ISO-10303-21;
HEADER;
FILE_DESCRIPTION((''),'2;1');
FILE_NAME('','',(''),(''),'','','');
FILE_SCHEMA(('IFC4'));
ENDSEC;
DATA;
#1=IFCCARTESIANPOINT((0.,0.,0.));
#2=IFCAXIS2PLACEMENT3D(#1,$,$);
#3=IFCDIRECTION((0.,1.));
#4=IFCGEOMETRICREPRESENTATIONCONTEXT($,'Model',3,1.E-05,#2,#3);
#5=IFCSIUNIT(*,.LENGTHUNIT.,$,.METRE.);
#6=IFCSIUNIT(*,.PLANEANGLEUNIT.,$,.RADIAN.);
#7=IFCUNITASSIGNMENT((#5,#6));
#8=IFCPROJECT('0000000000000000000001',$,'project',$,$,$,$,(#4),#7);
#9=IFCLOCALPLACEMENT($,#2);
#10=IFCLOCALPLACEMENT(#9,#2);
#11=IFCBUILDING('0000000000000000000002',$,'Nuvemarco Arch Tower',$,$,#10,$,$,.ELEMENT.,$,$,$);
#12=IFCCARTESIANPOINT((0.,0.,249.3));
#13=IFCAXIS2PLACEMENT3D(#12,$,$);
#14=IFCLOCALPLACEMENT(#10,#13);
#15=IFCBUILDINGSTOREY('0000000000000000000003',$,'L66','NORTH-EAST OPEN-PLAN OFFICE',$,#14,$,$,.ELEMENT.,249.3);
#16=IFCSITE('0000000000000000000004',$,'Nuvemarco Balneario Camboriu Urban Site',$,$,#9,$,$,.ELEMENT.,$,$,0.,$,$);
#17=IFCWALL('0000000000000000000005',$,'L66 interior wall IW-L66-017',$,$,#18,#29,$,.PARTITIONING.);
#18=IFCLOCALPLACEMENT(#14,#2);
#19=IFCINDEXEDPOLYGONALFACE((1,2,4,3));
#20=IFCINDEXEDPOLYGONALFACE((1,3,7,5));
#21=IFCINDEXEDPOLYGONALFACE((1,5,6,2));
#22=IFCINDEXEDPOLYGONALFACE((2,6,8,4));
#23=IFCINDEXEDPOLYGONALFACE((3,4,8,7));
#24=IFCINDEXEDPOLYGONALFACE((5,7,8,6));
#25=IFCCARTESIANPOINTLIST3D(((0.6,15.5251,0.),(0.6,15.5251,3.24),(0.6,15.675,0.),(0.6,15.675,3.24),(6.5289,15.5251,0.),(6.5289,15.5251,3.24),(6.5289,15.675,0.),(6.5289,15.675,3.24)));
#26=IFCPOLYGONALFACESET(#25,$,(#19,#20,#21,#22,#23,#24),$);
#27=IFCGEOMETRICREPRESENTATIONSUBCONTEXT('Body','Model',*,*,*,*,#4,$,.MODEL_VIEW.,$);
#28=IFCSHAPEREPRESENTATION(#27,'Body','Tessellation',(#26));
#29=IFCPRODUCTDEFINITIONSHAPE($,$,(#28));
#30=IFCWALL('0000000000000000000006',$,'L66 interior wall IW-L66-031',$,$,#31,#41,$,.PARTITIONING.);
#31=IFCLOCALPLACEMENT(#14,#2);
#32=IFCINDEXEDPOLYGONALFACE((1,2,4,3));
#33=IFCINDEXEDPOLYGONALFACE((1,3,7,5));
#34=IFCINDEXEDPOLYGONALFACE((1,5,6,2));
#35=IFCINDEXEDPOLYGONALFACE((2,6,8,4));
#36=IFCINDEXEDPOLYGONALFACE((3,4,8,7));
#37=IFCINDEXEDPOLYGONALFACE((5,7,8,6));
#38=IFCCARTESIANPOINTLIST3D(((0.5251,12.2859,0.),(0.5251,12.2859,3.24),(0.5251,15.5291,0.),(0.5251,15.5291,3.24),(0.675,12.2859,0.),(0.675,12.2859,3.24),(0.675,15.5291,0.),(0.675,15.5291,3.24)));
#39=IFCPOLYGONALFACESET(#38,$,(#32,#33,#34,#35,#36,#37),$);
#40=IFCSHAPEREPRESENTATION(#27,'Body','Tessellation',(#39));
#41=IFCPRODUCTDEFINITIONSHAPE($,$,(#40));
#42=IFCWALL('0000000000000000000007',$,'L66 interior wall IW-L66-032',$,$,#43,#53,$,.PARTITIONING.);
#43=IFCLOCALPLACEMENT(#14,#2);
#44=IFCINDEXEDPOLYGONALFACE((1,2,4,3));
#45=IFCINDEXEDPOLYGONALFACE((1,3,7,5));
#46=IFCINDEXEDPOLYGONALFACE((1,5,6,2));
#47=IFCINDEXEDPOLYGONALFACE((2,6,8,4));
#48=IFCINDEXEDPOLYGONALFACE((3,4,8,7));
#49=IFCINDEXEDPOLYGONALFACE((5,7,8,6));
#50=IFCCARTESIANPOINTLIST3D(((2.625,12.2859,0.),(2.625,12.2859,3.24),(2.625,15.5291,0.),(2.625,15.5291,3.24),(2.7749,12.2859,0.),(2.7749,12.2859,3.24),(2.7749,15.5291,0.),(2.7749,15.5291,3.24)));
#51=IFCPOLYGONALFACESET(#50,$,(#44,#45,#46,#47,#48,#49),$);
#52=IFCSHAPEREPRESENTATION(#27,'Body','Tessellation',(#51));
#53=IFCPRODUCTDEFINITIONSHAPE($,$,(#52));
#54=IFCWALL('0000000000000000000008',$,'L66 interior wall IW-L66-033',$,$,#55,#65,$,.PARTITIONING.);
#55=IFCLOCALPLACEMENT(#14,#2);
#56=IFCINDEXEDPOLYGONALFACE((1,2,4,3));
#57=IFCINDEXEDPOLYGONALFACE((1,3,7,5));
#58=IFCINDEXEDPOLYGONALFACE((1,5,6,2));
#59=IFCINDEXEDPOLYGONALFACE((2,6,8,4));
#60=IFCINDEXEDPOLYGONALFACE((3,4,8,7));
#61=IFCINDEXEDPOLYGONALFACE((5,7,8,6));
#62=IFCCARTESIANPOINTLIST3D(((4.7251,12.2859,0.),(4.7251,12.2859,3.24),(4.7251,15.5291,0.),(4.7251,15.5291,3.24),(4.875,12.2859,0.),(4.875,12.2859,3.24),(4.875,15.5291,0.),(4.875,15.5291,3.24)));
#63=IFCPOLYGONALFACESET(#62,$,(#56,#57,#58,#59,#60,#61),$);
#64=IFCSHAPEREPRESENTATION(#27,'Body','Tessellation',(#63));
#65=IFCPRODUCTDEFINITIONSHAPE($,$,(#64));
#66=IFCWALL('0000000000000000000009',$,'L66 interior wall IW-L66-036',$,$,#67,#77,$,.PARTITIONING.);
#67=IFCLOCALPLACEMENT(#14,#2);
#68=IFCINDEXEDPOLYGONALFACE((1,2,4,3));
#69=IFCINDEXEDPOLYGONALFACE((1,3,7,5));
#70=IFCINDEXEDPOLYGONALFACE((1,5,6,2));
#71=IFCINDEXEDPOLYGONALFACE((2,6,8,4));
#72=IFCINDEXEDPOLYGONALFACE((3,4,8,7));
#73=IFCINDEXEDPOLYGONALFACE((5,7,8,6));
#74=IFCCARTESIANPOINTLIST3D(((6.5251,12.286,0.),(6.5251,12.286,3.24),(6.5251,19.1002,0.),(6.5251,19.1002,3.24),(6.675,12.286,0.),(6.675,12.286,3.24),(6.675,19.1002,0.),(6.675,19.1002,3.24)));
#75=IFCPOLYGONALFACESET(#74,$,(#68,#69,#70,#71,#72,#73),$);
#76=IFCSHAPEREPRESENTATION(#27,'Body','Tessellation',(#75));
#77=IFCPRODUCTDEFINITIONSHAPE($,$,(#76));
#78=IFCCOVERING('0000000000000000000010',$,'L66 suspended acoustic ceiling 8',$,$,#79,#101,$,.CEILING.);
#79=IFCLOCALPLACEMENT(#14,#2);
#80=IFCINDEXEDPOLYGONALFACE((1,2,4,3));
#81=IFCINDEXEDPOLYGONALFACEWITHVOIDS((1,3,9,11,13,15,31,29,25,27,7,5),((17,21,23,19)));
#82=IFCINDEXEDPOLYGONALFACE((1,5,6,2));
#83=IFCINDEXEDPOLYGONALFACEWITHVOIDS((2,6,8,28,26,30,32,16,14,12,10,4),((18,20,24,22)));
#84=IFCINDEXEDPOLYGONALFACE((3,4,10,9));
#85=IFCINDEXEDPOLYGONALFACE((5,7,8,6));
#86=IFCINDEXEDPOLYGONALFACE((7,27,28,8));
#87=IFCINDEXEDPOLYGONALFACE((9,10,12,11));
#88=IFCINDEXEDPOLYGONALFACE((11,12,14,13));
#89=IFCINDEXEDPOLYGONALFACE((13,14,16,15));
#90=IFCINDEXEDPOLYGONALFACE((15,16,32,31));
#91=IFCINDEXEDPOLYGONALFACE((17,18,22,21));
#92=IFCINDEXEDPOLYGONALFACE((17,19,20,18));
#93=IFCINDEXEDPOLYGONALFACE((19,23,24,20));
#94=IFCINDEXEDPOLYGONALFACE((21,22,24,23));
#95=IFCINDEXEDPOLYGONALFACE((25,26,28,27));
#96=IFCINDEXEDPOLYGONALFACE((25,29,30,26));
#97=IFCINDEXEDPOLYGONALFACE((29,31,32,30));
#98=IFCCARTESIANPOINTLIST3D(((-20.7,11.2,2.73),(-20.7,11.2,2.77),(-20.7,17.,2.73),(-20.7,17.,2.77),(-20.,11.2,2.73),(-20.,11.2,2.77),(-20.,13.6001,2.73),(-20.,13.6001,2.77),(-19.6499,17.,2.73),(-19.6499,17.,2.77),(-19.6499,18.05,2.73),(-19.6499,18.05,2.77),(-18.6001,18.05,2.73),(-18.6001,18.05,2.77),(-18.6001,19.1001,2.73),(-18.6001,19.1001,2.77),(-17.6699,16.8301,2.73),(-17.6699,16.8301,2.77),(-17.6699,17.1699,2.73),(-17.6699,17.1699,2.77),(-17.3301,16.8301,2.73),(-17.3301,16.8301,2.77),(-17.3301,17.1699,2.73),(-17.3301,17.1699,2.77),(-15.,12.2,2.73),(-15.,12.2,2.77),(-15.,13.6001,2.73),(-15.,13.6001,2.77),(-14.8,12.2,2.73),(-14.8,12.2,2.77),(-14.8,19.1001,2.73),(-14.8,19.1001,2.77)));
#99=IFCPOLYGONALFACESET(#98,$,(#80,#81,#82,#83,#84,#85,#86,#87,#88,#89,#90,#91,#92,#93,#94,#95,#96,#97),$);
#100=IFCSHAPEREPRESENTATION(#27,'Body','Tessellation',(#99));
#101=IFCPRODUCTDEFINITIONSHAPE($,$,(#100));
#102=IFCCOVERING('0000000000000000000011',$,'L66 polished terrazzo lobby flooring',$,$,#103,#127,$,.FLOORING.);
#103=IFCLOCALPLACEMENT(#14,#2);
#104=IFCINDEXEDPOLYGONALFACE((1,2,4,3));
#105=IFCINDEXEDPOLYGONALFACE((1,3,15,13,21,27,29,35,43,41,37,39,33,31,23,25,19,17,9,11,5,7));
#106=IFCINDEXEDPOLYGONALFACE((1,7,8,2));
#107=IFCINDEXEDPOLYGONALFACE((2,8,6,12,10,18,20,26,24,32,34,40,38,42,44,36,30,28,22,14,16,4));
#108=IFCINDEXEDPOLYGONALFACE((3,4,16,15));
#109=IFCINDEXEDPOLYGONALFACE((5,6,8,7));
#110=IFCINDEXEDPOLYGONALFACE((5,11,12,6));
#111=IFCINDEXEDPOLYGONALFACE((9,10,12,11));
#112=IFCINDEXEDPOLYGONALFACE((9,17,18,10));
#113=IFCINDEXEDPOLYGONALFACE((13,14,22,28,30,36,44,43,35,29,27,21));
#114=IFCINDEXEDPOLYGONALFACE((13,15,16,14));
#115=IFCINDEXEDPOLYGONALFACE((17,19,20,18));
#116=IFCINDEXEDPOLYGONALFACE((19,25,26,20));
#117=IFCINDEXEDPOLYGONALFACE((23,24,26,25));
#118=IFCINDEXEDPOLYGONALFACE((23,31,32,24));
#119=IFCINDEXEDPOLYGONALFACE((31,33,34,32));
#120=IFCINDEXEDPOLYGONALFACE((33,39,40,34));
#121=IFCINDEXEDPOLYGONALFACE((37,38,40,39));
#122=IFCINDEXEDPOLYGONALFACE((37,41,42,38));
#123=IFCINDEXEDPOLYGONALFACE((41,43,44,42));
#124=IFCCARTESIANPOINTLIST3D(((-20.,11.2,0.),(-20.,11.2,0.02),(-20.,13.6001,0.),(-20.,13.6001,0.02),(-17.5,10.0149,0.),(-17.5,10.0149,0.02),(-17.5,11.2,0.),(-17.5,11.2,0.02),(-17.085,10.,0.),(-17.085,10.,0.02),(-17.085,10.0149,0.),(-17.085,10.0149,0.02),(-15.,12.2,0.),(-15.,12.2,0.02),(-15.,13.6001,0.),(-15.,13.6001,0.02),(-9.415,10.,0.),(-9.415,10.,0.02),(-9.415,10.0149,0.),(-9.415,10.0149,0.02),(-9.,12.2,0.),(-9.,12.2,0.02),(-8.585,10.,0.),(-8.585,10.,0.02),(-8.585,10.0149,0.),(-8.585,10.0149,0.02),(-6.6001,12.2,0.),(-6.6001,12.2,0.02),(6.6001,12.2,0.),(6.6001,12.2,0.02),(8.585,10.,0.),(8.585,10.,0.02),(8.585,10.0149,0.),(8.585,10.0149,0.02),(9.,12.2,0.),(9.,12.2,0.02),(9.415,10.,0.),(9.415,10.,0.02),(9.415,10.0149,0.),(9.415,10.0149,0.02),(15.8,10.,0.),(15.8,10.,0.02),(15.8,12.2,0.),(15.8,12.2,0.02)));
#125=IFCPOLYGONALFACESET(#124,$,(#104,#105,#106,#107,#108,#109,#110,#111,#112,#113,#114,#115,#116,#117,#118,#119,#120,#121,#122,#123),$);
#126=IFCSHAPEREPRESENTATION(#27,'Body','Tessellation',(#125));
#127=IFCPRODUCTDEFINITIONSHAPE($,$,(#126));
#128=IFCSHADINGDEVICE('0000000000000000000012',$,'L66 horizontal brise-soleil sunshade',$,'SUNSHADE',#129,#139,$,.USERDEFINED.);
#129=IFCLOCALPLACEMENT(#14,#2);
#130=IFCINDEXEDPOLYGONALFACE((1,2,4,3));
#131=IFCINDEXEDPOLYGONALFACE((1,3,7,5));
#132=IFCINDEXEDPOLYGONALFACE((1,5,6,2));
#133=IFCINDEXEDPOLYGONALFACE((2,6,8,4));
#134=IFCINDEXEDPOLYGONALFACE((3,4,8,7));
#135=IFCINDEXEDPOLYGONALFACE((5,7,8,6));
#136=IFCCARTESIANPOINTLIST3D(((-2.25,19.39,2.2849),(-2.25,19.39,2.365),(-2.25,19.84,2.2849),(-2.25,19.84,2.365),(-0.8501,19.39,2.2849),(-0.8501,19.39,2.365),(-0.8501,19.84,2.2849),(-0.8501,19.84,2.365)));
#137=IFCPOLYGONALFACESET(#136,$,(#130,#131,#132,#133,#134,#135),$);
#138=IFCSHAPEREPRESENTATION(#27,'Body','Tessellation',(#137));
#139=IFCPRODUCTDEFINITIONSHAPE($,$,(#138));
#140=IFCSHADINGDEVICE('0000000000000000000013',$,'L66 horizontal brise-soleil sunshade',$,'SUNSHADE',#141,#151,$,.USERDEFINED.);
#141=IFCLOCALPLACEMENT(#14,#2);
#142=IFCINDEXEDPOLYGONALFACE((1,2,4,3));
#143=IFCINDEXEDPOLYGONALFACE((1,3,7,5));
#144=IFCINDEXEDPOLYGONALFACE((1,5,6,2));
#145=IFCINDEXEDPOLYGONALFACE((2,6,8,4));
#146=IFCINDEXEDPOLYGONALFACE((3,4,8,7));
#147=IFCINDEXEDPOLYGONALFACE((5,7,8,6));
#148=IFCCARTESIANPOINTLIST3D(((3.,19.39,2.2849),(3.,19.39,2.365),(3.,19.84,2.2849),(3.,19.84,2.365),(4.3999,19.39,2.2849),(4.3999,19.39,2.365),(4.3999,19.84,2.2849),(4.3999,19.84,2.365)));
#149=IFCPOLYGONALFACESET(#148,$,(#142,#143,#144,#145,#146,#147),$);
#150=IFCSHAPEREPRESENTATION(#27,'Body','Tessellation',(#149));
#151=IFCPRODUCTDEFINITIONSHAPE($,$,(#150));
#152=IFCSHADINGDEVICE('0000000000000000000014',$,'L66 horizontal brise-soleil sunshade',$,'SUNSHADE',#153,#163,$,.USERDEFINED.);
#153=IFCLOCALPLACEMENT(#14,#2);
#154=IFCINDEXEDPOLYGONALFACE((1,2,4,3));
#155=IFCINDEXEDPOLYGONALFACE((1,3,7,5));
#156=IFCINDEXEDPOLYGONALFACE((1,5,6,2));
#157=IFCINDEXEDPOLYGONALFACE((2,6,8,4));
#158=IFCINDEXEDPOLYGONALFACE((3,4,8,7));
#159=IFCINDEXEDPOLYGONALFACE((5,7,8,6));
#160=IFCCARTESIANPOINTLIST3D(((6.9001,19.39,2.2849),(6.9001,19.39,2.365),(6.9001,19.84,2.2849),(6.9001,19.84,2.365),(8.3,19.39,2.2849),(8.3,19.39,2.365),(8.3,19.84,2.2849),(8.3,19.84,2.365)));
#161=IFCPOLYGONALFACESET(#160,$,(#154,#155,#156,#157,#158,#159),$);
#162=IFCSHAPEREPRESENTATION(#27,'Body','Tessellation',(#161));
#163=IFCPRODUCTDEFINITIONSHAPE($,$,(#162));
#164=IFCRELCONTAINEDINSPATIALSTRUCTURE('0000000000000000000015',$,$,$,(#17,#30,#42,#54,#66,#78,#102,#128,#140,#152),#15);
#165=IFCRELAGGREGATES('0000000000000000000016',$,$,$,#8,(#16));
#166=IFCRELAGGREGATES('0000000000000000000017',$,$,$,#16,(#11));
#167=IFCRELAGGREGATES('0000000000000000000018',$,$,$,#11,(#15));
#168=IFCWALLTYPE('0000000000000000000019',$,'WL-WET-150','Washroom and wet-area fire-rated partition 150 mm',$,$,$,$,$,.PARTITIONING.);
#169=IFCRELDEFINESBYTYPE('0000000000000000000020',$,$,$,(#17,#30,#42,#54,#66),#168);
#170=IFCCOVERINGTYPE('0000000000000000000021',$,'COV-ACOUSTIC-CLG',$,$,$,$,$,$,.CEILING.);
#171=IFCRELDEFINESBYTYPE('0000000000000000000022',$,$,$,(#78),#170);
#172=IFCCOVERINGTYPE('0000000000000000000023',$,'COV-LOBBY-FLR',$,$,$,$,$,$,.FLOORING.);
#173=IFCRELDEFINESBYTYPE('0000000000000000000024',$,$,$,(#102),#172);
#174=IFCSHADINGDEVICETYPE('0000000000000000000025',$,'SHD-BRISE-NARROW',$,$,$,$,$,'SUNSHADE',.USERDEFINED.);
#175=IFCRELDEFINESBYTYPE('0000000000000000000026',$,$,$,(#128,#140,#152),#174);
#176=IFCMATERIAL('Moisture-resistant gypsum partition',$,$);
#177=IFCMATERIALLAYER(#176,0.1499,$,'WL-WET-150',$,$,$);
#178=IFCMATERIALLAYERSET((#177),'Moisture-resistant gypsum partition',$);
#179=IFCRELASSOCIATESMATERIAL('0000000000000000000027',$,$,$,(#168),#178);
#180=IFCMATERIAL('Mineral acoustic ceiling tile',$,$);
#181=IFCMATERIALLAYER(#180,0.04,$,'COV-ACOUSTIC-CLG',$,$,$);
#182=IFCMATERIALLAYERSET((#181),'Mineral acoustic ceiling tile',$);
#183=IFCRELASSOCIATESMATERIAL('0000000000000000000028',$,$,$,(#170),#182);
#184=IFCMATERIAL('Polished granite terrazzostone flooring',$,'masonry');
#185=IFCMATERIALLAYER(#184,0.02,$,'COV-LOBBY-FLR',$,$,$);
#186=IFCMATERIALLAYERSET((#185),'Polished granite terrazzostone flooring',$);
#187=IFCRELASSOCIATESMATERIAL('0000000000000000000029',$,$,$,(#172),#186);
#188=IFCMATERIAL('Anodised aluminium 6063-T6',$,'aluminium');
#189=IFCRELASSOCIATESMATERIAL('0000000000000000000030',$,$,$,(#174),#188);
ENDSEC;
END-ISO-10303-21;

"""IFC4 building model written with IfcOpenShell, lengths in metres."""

from ifc_helpers import new_model, si_unit, direction, frame, frame_2d, origin, origin_2d, place, context, subcontext, project, spatial, polyline, rectangle, outline, extrude, source, transform, mapped, material, layer, layer_set, type_object, type_shapes, element, save


model = new_model("IFC4")

# Units and contexts
model_context = context("Model", 3, precision=1e-05, world=origin(), true_north=direction((0.0, 1.0)))
body_context = subcontext(model_context, "Body", "Model", "MODEL_VIEW")
ifc_project = project(units=[si_unit("LENGTHUNIT", "METRE"), si_unit("PLANEANGLEUNIT", "RADIAN")], contexts=[model_context])

# Site, building, storey
site_placement = place(None, origin())
site = spatial("IfcSite", under=ifc_project, at=site_placement, Name="Nuvemarco Balneario Camboriu Urban Site", CompositionType="ELEMENT", RefElevation=0.0)
building_placement = place(site_placement, origin())
building = spatial("IfcBuilding", under=site, at=building_placement, Name="Nuvemarco Arch Tower", CompositionType="ELEMENT")
storey_placement = place(building_placement, frame((0.0, 0.0, 249.3)))
storey = spatial("IfcBuildingStorey", under=building, at=storey_placement, Name="L66", Description="NORTH-EAST OPEN-PLAN OFFICE", CompositionType="ELEMENT", Elevation=249.3)

# Walls
ifc_material_1 = material(Name="Moisture-resistant gypsum partition")
ifc_layer_1 = layer(ifc_material_1, 0.1499, Name="WL-WET-150")
ifc_layer_set_1 = layer_set([ifc_layer_1], Name="Moisture-resistant gypsum partition")
wall_type_1 = type_object("IfcWallType", Name="WL-WET-150", Description="Washroom and wet-area fire-rated partition 150 mm", PredefinedType="PARTITIONING", material=ifc_layer_set_1)
wall_1_placement = place(storey_placement, frame((0.6001, 15.6001, 0.0), z_axis=(0.0, 0.0, 1.0), x_axis=(1.0, 0.0, 0.0)))
element("IfcWall", 1, at=wall_1_placement, inside=storey, type_object=wall_type_1, Name="L66 interior wall IW-L66-017", PredefinedType="PARTITIONING", context=body_context, shape_type="SweptSolid", body=[
    extrude(rectangle(XDim=5.929, YDim=0.1499, at=frame_2d((2.9644, 0.0))), origin(), (0.0, 0.0, 1.0), 3.24),
])
for number, where, z_axis, x_axis, name in (
    (2, (0.6001, 12.2859, 0.0), (0.0, 0.0, 1.0), (0.0, 1.0, 0.0), "L66 interior wall IW-L66-031"),
    (3, (2.7, 12.2859, 0.0), (0.0, 0.0, 1.0), (0.0, 1.0, 0.0), "L66 interior wall IW-L66-032"),
    (4, (4.8, 12.2859, 0.0), (0.0, 0.0, 1.0), (0.0, 1.0, 0.0), "L66 interior wall IW-L66-033"),
):
    element("IfcWall", number, at=place(storey_placement, frame(where, z_axis=z_axis, x_axis=x_axis)), inside=storey, type_object=wall_type_1, Name=name, PredefinedType="PARTITIONING", context=body_context, shape_type="SweptSolid", body=[
        extrude(rectangle(XDim=3.2432, YDim=0.1499, at=frame_2d((1.6216, 0.0))), origin(), (0.0, 0.0, 1.0), 3.24),
    ])
wall_2_placement = place(storey_placement, frame((6.6001, 12.2859, 0.0), z_axis=(0.0, 0.0, 1.0), x_axis=(0.0, 1.0, 0.0)))
element("IfcWall", 5, at=wall_2_placement, inside=storey, type_object=wall_type_1, Name="L66 interior wall IW-L66-036", PredefinedType="PARTITIONING", context=body_context, shape_type="SweptSolid", body=[
    extrude(rectangle(XDim=6.8142, YDim=0.1499, at=frame_2d((3.4072, 0.0))), origin(), (0.0, 0.0, 1.0), 3.24),
])

# Coverings
ifc_material_2 = material(Name="Mineral acoustic ceiling tile")
ifc_layer_2 = layer(ifc_material_2, 0.04, Name="COV-ACOUSTIC-CLG")
ifc_layer_set_2 = layer_set([ifc_layer_2], Name="Mineral acoustic ceiling tile")
covering_type_1 = type_object("IfcCoveringType", Name="COV-ACOUSTIC-CLG", PredefinedType="CEILING", material=ifc_layer_set_2)
covering_1_placement = place(storey_placement, frame((0.0, 0.0, 2.73)))
element("IfcCovering", 6, at=covering_1_placement, inside=storey, type_object=covering_type_1, Name="L66 suspended acoustic ceiling 8", PredefinedType="CEILING", context=body_context, shape_type="SweptSolid", body=[
    extrude(outline(polyline([(-20.7, 11.2), (-20.7, 17.0), (-19.6499, 17.0), (-19.6499, 18.05), (-18.6001, 18.05), (-18.6001, 19.1001), (-14.8, 19.1001), (-14.8, 12.2), (-15.0, 12.2), (-15.0, 13.6001), (-20.0, 13.6001), (-20.0, 11.2), (-20.7, 11.2)]), holes=[polyline([(-17.3301, 17.1699), (-17.6699, 17.1699), (-17.6699, 16.8301), (-17.3301, 16.8301), (-17.3301, 17.1699)])]), origin(), (0.0, 0.0, 1.0), 0.04),
])
ifc_material_3 = material(Name="Polished granite terrazzostone flooring", Category="masonry")
ifc_layer_3 = layer(ifc_material_3, 0.02, Name="COV-LOBBY-FLR")
ifc_layer_set_3 = layer_set([ifc_layer_3], Name="Polished granite terrazzostone flooring")
covering_type_2 = type_object("IfcCoveringType", Name="COV-LOBBY-FLR", PredefinedType="FLOORING", material=ifc_layer_set_3)
covering_2_placement = place(storey_placement, origin())
element("IfcCovering", 7, at=covering_2_placement, inside=storey, type_object=covering_type_2, Name="L66 polished terrazzo lobby flooring", PredefinedType="FLOORING", context=body_context, shape_type="SweptSolid", body=[
    extrude(outline(polyline([(-8.585, 10.0149), (-9.415, 10.0149), (-9.415, 10.0), (-17.085, 10.0), (-17.085, 10.0149), (-17.5, 10.0149), (-17.5, 11.2), (-20.0, 11.2), (-20.0, 13.6001), (-15.0, 13.6001), (-15.0, 12.2), (-9.0, 12.2), (-6.6001, 12.2), (6.6001, 12.2), (9.0, 12.2), (15.8, 12.2), (15.8, 10.0), (9.415, 10.0), (9.415, 10.0149), (8.585, 10.0149), (8.585, 10.0), (-8.585, 10.0), (-8.585, 10.0149)])), origin(), (0.0, 0.0, 1.0), 0.02),
])

# Shading devices
ifc_material_4 = material(Name="Anodised aluminium 6063-T6", Category="aluminium")
shading_device_type = type_object("IfcShadingDeviceType", Name="SHD-BRISE-NARROW", ElementType="SUNSHADE", PredefinedType="USERDEFINED", material=ifc_material_4)
shared_shape_1 = source(origin(), body_context, "Body", "SweptSolid", [
    extrude(rectangle(XDim=1.3999, YDim=0.45, at=origin_2d()), origin(), (0.0, 0.0, 1.0), 0.0801),
])
type_shapes(shading_device_type, [shared_shape_1])
for number, where, z_axis, x_axis, name in (
    (8, (-1.55, 19.615, 2.2849), (0.0, 0.0, 1.0), (1.0, 0.0, 0.0), "L66 horizontal brise-soleil sunshade"),
    (9, (3.7, 19.615, 2.2849), (0.0, 0.0, 1.0), (1.0, 0.0, 0.0), "L66 horizontal brise-soleil sunshade"),
    (10, (7.6001, 19.615, 2.2849), (0.0, 0.0, 1.0), (1.0, 0.0, 0.0), "L66 horizontal brise-soleil sunshade"),
):
    element("IfcShadingDevice", number, at=place(storey_placement, frame(where, z_axis=z_axis, x_axis=x_axis)), inside=storey, type_object=shading_device_type, Name=name, ObjectType="SUNSHADE", PredefinedType="USERDEFINED", context=body_context, shape_type="MappedRepresentation", body=[
        mapped(shared_shape_1, transform((0.0, 0.0, 0.0), scale=1.0)),
    ])

save(model, "model.ifc")
